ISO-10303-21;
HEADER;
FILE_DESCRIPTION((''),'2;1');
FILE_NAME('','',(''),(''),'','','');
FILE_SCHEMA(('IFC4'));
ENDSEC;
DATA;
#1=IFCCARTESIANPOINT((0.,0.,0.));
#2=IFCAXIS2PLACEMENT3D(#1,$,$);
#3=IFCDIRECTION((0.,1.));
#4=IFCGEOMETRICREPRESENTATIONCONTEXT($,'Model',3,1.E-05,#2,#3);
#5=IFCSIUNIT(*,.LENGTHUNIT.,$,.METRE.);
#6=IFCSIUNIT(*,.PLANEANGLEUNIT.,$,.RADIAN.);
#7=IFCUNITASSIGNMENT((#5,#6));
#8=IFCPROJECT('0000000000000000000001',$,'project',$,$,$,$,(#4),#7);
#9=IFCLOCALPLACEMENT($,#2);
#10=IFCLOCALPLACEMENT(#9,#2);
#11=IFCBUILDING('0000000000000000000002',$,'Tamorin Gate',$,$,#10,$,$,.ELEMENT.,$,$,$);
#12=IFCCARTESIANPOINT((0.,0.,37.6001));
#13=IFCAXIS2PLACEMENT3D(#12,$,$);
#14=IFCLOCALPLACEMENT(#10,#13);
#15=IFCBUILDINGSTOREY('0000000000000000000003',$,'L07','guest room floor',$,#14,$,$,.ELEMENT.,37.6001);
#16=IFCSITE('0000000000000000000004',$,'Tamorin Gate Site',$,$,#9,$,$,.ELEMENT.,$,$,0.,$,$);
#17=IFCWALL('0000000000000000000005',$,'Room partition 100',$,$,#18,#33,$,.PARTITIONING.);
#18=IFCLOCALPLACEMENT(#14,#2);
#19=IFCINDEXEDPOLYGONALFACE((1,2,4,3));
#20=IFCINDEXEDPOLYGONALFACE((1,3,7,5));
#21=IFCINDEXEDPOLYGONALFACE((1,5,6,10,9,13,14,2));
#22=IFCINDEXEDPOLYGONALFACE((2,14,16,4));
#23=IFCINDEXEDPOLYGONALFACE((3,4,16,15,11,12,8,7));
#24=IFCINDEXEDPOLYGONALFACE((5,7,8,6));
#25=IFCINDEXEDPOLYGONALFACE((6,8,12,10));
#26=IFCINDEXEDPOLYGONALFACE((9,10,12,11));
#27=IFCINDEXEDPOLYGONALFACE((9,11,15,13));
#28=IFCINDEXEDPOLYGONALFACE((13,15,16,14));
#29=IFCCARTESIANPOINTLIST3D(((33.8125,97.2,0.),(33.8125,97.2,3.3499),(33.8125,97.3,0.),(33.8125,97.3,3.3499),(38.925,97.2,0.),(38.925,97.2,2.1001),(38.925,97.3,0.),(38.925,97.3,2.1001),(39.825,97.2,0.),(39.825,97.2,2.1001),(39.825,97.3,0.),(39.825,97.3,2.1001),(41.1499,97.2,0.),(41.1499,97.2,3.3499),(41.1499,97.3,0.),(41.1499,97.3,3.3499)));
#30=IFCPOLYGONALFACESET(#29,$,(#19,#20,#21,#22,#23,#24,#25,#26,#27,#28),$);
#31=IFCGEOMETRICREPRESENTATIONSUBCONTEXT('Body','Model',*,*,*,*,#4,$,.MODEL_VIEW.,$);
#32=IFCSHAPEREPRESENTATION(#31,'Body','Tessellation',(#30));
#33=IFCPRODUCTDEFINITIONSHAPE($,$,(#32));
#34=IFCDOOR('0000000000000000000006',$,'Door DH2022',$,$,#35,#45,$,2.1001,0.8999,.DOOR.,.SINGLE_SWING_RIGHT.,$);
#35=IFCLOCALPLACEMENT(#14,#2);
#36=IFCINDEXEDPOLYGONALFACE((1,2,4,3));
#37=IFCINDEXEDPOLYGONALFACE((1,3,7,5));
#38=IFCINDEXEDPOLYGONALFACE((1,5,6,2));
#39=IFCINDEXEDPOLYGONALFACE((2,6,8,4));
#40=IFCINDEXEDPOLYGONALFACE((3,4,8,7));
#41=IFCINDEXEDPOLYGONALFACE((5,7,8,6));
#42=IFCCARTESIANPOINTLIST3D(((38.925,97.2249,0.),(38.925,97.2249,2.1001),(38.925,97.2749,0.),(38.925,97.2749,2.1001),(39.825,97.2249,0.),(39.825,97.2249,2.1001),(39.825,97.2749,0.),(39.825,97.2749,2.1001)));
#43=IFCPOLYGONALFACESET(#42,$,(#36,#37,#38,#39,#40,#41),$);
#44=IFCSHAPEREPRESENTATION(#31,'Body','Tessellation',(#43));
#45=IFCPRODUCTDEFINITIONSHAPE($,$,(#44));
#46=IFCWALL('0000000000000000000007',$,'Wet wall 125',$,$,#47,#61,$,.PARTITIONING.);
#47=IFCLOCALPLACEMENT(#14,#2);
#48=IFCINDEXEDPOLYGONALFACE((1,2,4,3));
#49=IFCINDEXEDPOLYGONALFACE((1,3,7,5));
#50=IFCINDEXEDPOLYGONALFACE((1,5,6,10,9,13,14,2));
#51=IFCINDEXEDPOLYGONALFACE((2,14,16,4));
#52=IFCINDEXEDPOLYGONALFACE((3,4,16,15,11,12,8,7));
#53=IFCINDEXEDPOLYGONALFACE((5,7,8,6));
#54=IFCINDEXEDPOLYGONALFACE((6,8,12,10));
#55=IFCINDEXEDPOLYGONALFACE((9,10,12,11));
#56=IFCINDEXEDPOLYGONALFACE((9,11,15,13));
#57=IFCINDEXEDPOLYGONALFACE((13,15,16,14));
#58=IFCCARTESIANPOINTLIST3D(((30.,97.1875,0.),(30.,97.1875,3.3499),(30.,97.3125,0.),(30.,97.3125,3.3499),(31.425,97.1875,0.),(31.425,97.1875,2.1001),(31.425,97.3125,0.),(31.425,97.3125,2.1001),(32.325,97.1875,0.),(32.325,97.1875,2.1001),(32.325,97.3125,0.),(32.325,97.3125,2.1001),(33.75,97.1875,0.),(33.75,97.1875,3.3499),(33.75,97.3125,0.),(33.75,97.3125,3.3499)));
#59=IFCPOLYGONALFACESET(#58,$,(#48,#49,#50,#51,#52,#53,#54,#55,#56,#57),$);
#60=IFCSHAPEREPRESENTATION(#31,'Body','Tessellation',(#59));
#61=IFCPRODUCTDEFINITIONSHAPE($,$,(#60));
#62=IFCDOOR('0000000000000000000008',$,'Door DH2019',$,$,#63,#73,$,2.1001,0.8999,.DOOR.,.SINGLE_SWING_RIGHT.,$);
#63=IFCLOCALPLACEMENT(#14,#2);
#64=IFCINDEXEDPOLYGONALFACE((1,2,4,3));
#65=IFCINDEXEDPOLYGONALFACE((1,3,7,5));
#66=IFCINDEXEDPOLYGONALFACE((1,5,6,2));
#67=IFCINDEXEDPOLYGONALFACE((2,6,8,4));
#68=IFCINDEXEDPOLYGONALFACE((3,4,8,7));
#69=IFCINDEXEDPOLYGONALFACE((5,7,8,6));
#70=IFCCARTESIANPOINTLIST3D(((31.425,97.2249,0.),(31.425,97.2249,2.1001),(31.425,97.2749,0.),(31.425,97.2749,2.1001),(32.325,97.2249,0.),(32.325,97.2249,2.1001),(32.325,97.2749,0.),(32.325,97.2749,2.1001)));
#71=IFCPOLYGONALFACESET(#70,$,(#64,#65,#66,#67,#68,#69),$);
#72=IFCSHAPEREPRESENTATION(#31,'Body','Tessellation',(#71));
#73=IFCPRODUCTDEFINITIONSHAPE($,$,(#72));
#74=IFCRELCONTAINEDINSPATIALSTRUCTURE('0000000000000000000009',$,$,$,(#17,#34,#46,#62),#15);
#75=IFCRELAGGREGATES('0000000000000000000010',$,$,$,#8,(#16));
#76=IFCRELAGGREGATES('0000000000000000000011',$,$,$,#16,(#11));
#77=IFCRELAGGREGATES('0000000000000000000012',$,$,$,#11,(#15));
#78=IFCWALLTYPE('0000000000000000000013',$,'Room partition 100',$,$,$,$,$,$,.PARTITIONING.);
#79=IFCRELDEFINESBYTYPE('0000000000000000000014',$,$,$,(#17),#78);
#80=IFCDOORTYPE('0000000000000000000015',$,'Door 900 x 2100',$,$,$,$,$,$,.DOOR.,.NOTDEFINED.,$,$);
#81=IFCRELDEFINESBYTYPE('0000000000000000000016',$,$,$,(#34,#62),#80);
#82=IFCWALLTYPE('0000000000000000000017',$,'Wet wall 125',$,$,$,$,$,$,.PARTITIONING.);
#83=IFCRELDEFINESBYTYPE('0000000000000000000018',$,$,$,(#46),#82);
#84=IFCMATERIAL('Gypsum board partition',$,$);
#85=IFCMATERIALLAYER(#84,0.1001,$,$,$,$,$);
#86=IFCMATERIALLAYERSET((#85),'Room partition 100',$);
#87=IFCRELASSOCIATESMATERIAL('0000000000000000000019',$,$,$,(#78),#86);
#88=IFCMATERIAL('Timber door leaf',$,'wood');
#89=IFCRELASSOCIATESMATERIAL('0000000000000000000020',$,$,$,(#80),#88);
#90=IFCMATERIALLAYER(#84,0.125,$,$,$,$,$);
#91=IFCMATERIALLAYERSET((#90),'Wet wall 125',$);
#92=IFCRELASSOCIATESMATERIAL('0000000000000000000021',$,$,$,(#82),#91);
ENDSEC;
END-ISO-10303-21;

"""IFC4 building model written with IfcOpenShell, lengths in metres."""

from ifc_helpers import new_model, si_unit, direction, frame, frame_2d, origin, place, context, subcontext, project, spatial, rectangle, extrude, material, layer, layer_set, type_object, element, fill, save


model = new_model("IFC4")

# Units and contexts
model_context = context("Model", 3, precision=1e-05, world=origin(), true_north=direction((0.0, 1.0)))
body_context = subcontext(model_context, "Body", "Model", "MODEL_VIEW")
ifc_project = project(units=[si_unit("LENGTHUNIT", "METRE"), si_unit("PLANEANGLEUNIT", "RADIAN")], contexts=[model_context])

# Site, building, storey
site_placement = place(None, origin())
site = spatial("IfcSite", under=ifc_project, at=site_placement, Name="Tamorin Gate Site", CompositionType="ELEMENT", RefElevation=0.0)
building_placement = place(site_placement, origin())
building = spatial("IfcBuilding", under=site, at=building_placement, Name="Tamorin Gate", CompositionType="ELEMENT")
storey_placement = place(building_placement, frame((0.0, 0.0, 37.6001)))
storey = spatial("IfcBuildingStorey", under=building, at=storey_placement, Name="L07", Description="guest room floor", CompositionType="ELEMENT", Elevation=37.6001)

# Walls, openings, doors
ifc_material_1 = material(Name="Gypsum board partition")
ifc_layer_1 = layer(ifc_material_1, 0.1001)
ifc_layer_set_1 = layer_set([ifc_layer_1], Name="Room partition 100")
wall_type_1 = type_object("IfcWallType", Name="Room partition 100", PredefinedType="PARTITIONING", material=ifc_layer_set_1)
wall_1_placement = place(storey_placement, frame((33.8125, 97.25, 0.0), z_axis=(0.0, 0.0, 1.0), x_axis=(1.0, 0.0, 0.0)))
wall_1 = element("IfcWall", 1, at=wall_1_placement, inside=storey, type_object=wall_type_1, Name="Room partition 100", PredefinedType="PARTITIONING", context=body_context, shape_type="SweptSolid", body=[
    extrude(rectangle(XDim=7.3374, YDim=0.1001, at=frame_2d((3.6687, 0.0))), origin(), (0.0, 0.0, 1.0), 3.3499),
])
opening_1_placement = place(wall_1_placement, frame((5.1125, 0.0, 0.0)))
opening_1 = element("IfcOpeningElement", 2, at=opening_1_placement, cuts=wall_1, PredefinedType="OPENING", context=body_context, shape_type="SweptSolid", body=[
    extrude(rectangle(XDim=0.8999, YDim=2.1001, at=frame_2d((0.45, 1.05))), frame((0.0, 0.0601, 0.0), z_axis=(0.0, -1.0, 0.0), x_axis=(1.0, 0.0, 0.0)), (0.0, 0.0, 1.0), 0.1201),
])
ifc_material_2 = material(Name="Timber door leaf", Category="wood")
door_type = type_object("IfcDoorType", Name="Door 900 x 2100", OperationType="NOTDEFINED", PredefinedType="DOOR", material=ifc_material_2)
door_1_placement = place(opening_1_placement, origin())
door_1 = element("IfcDoor", 3, at=door_1_placement, inside=storey, type_object=door_type, Name="Door DH2022", OperationType="SINGLE_SWING_RIGHT", OverallHeight=2.1001, OverallWidth=0.8999, PredefinedType="DOOR", context=body_context, shape_type="SweptSolid", body=[
    extrude(rectangle(XDim=0.8999, YDim=2.1001, at=frame_2d((0.45, 1.05))), frame((0.0, 0.0249, 0.0), z_axis=(0.0, -1.0, 0.0), x_axis=(1.0, 0.0, 0.0)), (0.0, 0.0, 1.0), 0.05),
])
fill(opening_1, door_1)
ifc_layer_2 = layer(ifc_material_1, 0.125)
ifc_layer_set_2 = layer_set([ifc_layer_2], Name="Wet wall 125")
wall_type_2 = type_object("IfcWallType", Name="Wet wall 125", PredefinedType="PARTITIONING", material=ifc_layer_set_2)
wall_2_placement = place(storey_placement, frame((30.0, 97.25, 0.0), z_axis=(0.0, 0.0, 1.0), x_axis=(1.0, 0.0, 0.0)))
wall_2 = element("IfcWall", 4, at=wall_2_placement, inside=storey, type_object=wall_type_2, Name="Wet wall 125", PredefinedType="PARTITIONING", context=body_context, shape_type="SweptSolid", body=[
    extrude(rectangle(XDim=3.75, YDim=0.125, at=frame_2d((1.875, 0.0))), origin(), (0.0, 0.0, 1.0), 3.3499),
])
opening_2_placement = place(wall_2_placement, frame((1.425, 0.0, 0.0)))
opening_2 = element("IfcOpeningElement", 5, at=opening_2_placement, cuts=wall_2, PredefinedType="OPENING", context=body_context, shape_type="SweptSolid", body=[
    extrude(rectangle(XDim=0.8999, YDim=2.1001, at=frame_2d((0.45, 1.05))), frame((0.0, 0.0725, 0.0), z_axis=(0.0, -1.0, 0.0), x_axis=(1.0, 0.0, 0.0)), (0.0, 0.0, 1.0), 0.145),
])
door_2_placement = place(opening_2_placement, origin())
door_2 = element("IfcDoor", 6, at=door_2_placement, inside=storey, type_object=door_type, Name="Door DH2019", OperationType="SINGLE_SWING_RIGHT", OverallHeight=2.1001, OverallWidth=0.8999, PredefinedType="DOOR", context=body_context, shape_type="SweptSolid", body=[
    extrude(rectangle(XDim=0.8999, YDim=2.1001, at=frame_2d((0.45, 1.05))), frame((0.0, 0.0249, 0.0), z_axis=(0.0, -1.0, 0.0), x_axis=(1.0, 0.0, 0.0)), (0.0, 0.0, 1.0), 0.05),
])
fill(opening_2, door_2)

save(model, "model.ifc")
